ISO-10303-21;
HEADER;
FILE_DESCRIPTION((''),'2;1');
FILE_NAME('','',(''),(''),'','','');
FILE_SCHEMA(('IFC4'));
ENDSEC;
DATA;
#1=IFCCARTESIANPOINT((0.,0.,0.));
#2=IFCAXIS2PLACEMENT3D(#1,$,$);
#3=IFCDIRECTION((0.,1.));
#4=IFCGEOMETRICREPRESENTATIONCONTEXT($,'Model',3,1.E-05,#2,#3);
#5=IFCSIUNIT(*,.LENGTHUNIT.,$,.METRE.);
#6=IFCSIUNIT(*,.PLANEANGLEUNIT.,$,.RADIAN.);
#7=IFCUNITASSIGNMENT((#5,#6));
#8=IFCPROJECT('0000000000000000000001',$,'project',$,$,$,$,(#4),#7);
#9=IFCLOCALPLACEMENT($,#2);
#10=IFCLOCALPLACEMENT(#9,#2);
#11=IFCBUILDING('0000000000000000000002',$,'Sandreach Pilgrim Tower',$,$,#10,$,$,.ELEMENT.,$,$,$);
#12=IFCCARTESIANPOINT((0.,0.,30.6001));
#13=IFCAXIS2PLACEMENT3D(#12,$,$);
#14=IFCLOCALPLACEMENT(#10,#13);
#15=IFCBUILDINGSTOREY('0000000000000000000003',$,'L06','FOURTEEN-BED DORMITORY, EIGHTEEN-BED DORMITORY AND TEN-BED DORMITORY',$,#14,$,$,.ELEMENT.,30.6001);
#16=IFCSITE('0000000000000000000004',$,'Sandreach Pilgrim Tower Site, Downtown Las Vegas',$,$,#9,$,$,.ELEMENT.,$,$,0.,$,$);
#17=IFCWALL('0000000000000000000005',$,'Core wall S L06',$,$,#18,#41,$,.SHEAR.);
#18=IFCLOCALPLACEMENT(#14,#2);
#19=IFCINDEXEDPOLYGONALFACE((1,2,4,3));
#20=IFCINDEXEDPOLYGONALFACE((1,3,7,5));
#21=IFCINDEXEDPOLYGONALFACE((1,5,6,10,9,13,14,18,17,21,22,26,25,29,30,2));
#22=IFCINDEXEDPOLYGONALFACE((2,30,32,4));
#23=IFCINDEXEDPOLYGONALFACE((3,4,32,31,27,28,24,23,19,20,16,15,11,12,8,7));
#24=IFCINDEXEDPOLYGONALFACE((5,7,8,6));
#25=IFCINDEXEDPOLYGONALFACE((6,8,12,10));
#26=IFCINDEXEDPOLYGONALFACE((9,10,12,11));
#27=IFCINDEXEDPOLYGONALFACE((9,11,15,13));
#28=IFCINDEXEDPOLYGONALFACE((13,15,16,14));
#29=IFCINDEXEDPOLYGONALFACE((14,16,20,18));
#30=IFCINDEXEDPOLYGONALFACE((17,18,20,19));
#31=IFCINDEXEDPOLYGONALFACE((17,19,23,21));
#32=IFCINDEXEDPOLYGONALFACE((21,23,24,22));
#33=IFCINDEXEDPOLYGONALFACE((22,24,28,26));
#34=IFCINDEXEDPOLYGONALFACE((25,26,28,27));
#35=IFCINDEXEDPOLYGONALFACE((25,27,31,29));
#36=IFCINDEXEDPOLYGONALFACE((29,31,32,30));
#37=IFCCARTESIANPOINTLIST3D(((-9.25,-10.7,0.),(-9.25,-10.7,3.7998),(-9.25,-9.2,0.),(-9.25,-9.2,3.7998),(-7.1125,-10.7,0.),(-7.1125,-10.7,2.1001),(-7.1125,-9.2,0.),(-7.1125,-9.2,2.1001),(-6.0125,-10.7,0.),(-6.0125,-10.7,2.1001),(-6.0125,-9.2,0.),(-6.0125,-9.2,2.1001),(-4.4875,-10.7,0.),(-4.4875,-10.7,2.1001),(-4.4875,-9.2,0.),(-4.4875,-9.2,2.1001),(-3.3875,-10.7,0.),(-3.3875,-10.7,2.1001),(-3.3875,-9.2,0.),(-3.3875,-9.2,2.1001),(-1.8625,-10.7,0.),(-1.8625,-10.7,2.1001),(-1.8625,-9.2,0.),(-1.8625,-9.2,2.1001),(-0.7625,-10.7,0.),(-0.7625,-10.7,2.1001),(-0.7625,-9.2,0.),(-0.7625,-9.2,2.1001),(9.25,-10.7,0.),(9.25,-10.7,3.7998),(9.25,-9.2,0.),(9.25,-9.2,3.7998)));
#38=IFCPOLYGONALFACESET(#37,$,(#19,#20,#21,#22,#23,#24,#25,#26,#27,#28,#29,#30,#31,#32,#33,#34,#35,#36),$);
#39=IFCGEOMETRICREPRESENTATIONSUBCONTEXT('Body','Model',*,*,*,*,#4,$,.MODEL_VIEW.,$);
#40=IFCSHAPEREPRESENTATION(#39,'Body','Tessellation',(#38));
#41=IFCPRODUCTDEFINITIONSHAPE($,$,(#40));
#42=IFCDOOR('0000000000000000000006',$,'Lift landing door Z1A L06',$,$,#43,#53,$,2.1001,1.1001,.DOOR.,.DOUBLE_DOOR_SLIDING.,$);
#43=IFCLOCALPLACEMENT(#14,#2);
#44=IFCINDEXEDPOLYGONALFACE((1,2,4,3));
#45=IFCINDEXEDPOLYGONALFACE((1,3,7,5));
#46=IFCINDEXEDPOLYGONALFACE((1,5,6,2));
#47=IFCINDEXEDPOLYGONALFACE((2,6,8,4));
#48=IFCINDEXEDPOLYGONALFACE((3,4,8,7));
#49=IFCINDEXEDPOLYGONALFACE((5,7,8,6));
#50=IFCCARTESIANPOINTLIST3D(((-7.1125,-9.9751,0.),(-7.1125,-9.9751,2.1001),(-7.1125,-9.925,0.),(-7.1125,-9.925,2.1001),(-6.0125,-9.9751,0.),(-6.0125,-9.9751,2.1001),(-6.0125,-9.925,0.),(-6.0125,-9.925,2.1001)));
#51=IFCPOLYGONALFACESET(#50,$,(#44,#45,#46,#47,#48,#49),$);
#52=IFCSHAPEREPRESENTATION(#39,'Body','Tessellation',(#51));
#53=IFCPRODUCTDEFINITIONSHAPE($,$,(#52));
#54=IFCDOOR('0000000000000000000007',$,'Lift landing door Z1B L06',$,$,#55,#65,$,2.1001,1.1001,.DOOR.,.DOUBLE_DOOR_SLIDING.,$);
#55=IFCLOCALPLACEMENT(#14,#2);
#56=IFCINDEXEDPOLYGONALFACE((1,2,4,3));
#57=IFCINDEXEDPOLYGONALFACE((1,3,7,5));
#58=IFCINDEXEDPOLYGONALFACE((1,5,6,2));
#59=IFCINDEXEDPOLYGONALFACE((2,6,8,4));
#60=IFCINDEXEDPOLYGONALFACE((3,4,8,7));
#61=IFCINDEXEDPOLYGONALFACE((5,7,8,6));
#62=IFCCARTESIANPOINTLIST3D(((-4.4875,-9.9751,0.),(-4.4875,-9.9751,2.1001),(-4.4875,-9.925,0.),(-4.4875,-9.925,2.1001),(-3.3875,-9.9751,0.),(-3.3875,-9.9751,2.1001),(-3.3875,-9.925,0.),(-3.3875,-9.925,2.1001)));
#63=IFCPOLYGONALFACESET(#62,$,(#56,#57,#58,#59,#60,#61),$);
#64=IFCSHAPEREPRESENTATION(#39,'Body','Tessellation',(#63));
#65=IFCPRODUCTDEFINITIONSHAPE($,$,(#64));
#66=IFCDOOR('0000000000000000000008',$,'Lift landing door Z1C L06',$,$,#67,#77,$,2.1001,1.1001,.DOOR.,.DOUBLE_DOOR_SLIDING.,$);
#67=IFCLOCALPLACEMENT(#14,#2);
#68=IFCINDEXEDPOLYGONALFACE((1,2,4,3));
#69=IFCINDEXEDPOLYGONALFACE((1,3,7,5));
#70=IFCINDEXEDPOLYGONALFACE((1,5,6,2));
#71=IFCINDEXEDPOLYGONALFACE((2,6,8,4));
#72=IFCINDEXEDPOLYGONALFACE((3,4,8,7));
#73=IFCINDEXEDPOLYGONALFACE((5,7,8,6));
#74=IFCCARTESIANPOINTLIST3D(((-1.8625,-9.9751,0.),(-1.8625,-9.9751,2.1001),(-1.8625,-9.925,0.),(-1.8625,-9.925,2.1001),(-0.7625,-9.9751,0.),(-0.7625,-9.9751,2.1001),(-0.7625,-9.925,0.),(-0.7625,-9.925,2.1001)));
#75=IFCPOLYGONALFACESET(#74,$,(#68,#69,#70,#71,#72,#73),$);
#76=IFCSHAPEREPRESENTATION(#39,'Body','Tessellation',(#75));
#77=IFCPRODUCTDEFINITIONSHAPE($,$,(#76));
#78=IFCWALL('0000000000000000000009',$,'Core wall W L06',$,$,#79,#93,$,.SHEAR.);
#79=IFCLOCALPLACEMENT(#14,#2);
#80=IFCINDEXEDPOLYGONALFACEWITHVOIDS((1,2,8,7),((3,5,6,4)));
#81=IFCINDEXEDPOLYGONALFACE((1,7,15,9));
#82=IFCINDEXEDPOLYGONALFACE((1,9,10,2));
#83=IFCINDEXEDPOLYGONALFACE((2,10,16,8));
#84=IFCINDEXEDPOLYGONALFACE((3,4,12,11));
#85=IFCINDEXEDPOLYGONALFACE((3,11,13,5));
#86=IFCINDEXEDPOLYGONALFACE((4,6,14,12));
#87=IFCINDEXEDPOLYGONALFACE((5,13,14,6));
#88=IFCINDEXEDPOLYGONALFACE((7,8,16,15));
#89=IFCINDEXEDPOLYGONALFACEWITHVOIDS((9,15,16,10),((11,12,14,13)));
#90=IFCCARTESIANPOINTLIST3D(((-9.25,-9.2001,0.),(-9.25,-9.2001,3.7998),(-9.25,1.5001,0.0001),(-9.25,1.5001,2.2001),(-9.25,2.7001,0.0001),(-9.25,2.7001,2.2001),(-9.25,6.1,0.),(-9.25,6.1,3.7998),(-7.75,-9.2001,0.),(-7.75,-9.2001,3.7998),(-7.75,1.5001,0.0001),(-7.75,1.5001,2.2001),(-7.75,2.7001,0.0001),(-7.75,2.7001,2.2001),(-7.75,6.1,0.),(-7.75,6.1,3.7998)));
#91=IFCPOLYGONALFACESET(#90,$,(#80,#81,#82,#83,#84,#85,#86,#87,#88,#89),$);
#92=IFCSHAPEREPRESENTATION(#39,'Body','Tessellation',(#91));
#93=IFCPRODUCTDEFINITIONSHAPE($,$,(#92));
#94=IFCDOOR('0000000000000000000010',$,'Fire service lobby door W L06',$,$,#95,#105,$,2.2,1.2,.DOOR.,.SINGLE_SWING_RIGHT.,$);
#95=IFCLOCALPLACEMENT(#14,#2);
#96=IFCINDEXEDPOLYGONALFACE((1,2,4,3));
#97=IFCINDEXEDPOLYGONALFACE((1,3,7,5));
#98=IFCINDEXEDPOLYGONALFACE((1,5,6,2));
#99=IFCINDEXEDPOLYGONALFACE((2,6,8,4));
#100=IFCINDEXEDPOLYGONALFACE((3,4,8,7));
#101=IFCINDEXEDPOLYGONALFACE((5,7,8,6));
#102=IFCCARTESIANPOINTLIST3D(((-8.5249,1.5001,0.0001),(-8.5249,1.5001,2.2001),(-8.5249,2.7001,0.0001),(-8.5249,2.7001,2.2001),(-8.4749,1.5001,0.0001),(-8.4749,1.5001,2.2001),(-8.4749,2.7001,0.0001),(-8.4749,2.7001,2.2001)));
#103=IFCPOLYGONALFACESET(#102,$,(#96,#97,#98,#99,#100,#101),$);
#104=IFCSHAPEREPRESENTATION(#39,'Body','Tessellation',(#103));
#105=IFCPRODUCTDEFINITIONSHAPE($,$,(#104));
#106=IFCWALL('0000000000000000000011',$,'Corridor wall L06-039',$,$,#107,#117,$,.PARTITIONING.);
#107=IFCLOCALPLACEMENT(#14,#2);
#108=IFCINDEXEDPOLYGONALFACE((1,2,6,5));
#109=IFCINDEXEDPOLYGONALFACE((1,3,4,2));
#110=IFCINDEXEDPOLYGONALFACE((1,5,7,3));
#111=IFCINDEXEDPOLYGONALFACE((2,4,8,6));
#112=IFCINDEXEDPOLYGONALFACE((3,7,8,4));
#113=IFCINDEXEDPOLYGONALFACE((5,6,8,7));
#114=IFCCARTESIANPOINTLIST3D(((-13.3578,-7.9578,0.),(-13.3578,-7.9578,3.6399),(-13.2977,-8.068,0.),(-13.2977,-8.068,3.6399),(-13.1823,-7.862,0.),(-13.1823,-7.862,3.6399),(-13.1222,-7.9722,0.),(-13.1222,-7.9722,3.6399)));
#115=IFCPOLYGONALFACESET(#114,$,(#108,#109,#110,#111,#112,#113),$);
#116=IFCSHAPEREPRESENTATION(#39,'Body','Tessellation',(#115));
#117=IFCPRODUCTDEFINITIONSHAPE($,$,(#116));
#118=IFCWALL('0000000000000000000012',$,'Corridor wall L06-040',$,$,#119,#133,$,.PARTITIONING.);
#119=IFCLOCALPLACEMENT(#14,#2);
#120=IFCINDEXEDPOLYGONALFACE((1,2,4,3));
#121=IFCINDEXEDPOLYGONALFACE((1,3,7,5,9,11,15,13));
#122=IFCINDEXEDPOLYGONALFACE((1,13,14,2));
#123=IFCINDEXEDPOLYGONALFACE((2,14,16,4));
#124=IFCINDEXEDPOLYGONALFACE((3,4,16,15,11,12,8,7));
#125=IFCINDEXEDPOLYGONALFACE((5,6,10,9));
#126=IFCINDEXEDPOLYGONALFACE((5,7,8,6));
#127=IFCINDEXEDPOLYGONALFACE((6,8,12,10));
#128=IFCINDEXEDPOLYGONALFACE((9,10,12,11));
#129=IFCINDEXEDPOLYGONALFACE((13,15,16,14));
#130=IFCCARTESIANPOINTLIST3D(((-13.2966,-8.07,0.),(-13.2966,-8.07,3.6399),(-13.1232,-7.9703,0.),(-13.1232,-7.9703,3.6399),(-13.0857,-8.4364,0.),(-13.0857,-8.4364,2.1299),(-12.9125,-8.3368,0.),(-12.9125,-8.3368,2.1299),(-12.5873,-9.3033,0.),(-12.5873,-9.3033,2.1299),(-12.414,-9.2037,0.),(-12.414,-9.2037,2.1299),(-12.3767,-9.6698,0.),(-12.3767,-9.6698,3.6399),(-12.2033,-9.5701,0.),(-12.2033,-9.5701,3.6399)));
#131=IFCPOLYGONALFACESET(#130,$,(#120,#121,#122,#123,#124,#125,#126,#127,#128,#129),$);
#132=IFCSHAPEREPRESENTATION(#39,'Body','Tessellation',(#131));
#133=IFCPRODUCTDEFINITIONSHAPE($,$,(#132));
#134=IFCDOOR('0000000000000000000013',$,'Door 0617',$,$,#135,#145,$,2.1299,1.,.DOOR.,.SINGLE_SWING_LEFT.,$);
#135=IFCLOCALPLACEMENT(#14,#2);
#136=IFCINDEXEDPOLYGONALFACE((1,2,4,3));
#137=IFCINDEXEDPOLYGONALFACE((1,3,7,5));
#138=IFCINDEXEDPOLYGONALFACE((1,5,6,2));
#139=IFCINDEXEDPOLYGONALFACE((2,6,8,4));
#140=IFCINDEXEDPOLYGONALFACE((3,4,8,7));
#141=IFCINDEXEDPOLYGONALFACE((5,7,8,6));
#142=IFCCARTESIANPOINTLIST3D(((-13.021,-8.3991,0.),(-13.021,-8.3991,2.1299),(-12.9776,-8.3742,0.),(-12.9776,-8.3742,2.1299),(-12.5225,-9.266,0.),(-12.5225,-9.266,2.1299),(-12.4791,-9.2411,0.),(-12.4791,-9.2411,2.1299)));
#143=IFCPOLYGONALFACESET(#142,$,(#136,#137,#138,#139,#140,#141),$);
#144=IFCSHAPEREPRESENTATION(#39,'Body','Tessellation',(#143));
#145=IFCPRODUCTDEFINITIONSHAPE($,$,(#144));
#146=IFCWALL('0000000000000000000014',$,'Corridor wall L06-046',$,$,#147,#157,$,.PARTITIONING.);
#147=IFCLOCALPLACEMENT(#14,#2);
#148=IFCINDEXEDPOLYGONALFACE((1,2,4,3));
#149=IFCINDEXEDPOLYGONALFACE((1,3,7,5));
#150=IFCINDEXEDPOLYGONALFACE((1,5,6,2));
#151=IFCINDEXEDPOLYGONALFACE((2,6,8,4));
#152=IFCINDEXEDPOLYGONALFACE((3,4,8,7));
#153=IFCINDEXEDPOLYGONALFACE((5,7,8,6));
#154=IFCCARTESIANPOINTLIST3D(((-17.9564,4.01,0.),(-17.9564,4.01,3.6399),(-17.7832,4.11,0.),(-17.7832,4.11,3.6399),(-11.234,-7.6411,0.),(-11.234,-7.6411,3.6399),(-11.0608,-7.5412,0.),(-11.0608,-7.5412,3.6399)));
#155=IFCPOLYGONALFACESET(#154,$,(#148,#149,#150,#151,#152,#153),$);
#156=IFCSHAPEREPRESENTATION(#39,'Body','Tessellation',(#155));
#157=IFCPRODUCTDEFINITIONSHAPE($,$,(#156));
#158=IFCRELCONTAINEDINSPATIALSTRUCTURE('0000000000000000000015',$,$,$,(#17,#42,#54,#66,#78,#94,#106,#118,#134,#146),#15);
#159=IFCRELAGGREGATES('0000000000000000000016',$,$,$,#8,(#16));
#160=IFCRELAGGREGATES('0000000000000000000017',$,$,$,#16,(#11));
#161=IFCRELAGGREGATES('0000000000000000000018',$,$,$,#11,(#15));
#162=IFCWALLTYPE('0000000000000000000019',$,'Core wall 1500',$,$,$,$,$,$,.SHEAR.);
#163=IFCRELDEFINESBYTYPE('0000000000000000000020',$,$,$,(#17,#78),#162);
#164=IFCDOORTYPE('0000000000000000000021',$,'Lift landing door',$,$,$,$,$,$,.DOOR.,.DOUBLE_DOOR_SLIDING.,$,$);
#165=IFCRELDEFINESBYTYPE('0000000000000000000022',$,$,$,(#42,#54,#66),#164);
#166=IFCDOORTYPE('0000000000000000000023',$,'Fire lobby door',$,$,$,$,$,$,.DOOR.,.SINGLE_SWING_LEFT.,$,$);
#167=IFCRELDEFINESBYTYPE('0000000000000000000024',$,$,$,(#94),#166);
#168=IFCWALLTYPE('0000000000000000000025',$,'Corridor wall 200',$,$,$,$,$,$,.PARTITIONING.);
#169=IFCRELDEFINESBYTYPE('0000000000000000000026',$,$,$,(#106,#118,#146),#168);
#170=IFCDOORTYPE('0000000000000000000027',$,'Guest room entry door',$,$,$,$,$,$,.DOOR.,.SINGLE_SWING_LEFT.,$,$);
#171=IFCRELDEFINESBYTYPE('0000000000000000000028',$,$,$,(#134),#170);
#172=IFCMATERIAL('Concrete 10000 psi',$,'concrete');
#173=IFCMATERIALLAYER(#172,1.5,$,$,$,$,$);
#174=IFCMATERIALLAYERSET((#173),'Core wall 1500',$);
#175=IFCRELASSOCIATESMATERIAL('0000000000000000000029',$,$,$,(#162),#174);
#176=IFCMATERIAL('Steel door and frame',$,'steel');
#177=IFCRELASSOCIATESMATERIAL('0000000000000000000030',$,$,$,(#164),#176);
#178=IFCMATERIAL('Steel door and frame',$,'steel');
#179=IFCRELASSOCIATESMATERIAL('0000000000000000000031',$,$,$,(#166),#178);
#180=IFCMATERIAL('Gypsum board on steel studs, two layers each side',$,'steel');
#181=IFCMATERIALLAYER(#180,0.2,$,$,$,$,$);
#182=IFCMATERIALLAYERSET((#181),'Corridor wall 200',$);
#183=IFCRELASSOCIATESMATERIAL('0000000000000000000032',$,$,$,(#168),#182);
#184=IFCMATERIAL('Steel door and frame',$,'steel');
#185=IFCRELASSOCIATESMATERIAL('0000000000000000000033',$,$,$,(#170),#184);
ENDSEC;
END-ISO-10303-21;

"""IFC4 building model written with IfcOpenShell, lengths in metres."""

from ifc_helpers import new_model, si_unit, direction, frame, frame_2d, origin, place, context, subcontext, project, spatial, rectangle, extrude, material, layer, layer_set, type_object, element, fill, save


model = new_model("IFC4")

# Units and contexts
model_context = context("Model", 3, precision=1e-05, world=origin(), true_north=direction((0.0, 1.0)))
body_context = subcontext(model_context, "Body", "Model", "MODEL_VIEW")
ifc_project = project(units=[si_unit("LENGTHUNIT", "METRE"), si_unit("PLANEANGLEUNIT", "RADIAN")], contexts=[model_context])

# Site, building, storey
site_placement = place(None, origin())
site = spatial("IfcSite", under=ifc_project, at=site_placement, Name="Sandreach Pilgrim Tower Site, Downtown Las Vegas", CompositionType="ELEMENT", RefElevation=0.0)
building_placement = place(site_placement, origin())
building = spatial("IfcBuilding", under=site, at=building_placement, Name="Sandreach Pilgrim Tower", CompositionType="ELEMENT")
storey_placement = place(building_placement, frame((0.0, 0.0, 30.6001)))
storey = spatial("IfcBuildingStorey", under=building, at=storey_placement, Name="L06", Description="FOURTEEN-BED DORMITORY, EIGHTEEN-BED DORMITORY AND TEN-BED DORMITORY", CompositionType="ELEMENT", Elevation=30.6001)

# Wall, openings, doors
ifc_material_1 = material(Name="Concrete 10000 psi", Category="concrete")
ifc_layer_1 = layer(ifc_material_1, 1.5)
ifc_layer_set_1 = layer_set([ifc_layer_1], Name="Core wall 1500")
wall_type_1 = type_object("IfcWallType", Name="Core wall 1500", PredefinedType="SHEAR", material=ifc_layer_set_1)
wall_1_placement = place(storey_placement, frame((-9.25, -9.95, 0.0), z_axis=(0.0, 0.0, 1.0), x_axis=(1.0, 0.0, 0.0)))
wall_1 = element("IfcWall", 1, at=wall_1_placement, inside=storey, type_object=wall_type_1, Name="Core wall S L06", PredefinedType="SHEAR", context=body_context, shape_type="SweptSolid", body=[
    extrude(rectangle(XDim=18.5, YDim=1.5, at=frame_2d((9.25, 0.0))), origin(), (0.0, 0.0, 1.0), 3.7998),
])
opening_1_placement = place(wall_1_placement, frame((2.1375, 0.0, 0.0)))
opening_1 = element("IfcOpeningElement", 2, at=opening_1_placement, cuts=wall_1, PredefinedType="OPENING", context=body_context, shape_type="SweptSolid", body=[
    extrude(rectangle(XDim=1.1001, YDim=2.1001, at=frame_2d((0.55, 1.05))), frame((0.0, 0.75, 0.0), z_axis=(0.0, -1.0, 0.0), x_axis=(1.0, 0.0, 0.0)), (0.0, 0.0, 1.0), 1.5),
])
opening_2_placement = place(wall_1_placement, frame((4.7625, 0.0, 0.0)))
opening_2 = element("IfcOpeningElement", 3, at=opening_2_placement, cuts=wall_1, PredefinedType="OPENING", context=body_context, shape_type="SweptSolid", body=[
    extrude(rectangle(XDim=1.1001, YDim=2.1001, at=frame_2d((0.55, 1.05))), frame((0.0, 0.75, 0.0), z_axis=(0.0, -1.0, 0.0), x_axis=(1.0, 0.0, 0.0)), (0.0, 0.0, 1.0), 1.5),
])
opening_3_placement = place(wall_1_placement, frame((7.3875, 0.0, 0.0)))
opening_3 = element("IfcOpeningElement", 4, at=opening_3_placement, cuts=wall_1, PredefinedType="OPENING", context=body_context, shape_type="SweptSolid", body=[
    extrude(rectangle(XDim=1.1001, YDim=2.1001, at=frame_2d((0.55, 1.05))), frame((0.0, 0.75, 0.0), z_axis=(0.0, -1.0, 0.0), x_axis=(1.0, 0.0, 0.0)), (0.0, 0.0, 1.0), 1.5),
])
ifc_material_2 = material(Name="Steel door and frame", Category="steel")
door_type_1 = type_object("IfcDoorType", Name="Lift landing door", OperationType="DOUBLE_DOOR_SLIDING", PredefinedType="DOOR", material=ifc_material_2)
door_1_placement = place(opening_1_placement, origin())
door_1 = element("IfcDoor", 5, at=door_1_placement, inside=storey, type_object=door_type_1, Name="Lift landing door Z1A L06", OperationType="DOUBLE_DOOR_SLIDING", OverallHeight=2.1001, OverallWidth=1.1001, PredefinedType="DOOR", context=body_context, shape_type="SweptSolid", body=[
    extrude(rectangle(XDim=1.1001, YDim=2.1001, at=frame_2d((0.55, 1.05))), frame((0.0, 0.0249, 0.0), z_axis=(0.0, -1.0, 0.0), x_axis=(1.0, 0.0, 0.0)), (0.0, 0.0, 1.0), 0.05),
])
fill(opening_1, door_1)
door_2_placement = place(opening_2_placement, origin())
door_2 = element("IfcDoor", 6, at=door_2_placement, inside=storey, type_object=door_type_1, Name="Lift landing door Z1B L06", OperationType="DOUBLE_DOOR_SLIDING", OverallHeight=2.1001, OverallWidth=1.1001, PredefinedType="DOOR", context=body_context, shape_type="SweptSolid", body=[
    extrude(rectangle(XDim=1.1001, YDim=2.1001, at=frame_2d((0.55, 1.05))), frame((0.0, 0.0249, 0.0), z_axis=(0.0, -1.0, 0.0), x_axis=(1.0, 0.0, 0.0)), (0.0, 0.0, 1.0), 0.05),
])
fill(opening_2, door_2)
door_3_placement = place(opening_3_placement, origin())
door_3 = element("IfcDoor", 7, at=door_3_placement, inside=storey, type_object=door_type_1, Name="Lift landing door Z1C L06", OperationType="DOUBLE_DOOR_SLIDING", OverallHeight=2.1001, OverallWidth=1.1001, PredefinedType="DOOR", context=body_context, shape_type="SweptSolid", body=[
    extrude(rectangle(XDim=1.1001, YDim=2.1001, at=frame_2d((0.55, 1.05))), frame((0.0, 0.0249, 0.0), z_axis=(0.0, -1.0, 0.0), x_axis=(1.0, 0.0, 0.0)), (0.0, 0.0, 1.0), 0.05),
])
fill(opening_3, door_3)

# Wall, opening, door
wall_2_placement = place(storey_placement, frame((-8.5, -9.2, 0.0), z_axis=(0.0, 0.0, 1.0), x_axis=(0.0, 1.0, 0.0)))
wall_2 = element("IfcWall", 8, at=wall_2_placement, inside=storey, type_object=wall_type_1, Name="Core wall W L06", PredefinedType="SHEAR", context=body_context, shape_type="SweptSolid", body=[
    extrude(rectangle(XDim=15.3, YDim=1.5, at=frame_2d((7.6499, 0.0))), origin(), (0.0, 0.0, 1.0), 3.7998),
])
opening_4_placement = place(wall_2_placement, frame((10.7, 0.0, 0.0)))
opening_4 = element("IfcOpeningElement", 9, at=opening_4_placement, cuts=wall_2, PredefinedType="OPENING", context=body_context, shape_type="SweptSolid", body=[
    extrude(rectangle(XDim=1.2, YDim=2.2, at=frame_2d((0.6001, 1.1001))), frame((0.0, 0.75, 0.0), z_axis=(0.0, -1.0, 0.0), x_axis=(1.0, 0.0, 0.0)), (0.0, 0.0, 1.0), 1.5),
])
ifc_material_3 = material(Name="Steel door and frame", Category="steel")
door_type_2 = type_object("IfcDoorType", Name="Fire lobby door", OperationType="SINGLE_SWING_LEFT", PredefinedType="DOOR", material=ifc_material_3)
door_4_placement = place(opening_4_placement, origin())
door_4 = element("IfcDoor", 10, at=door_4_placement, inside=storey, type_object=door_type_2, Name="Fire service lobby door W L06", OperationType="SINGLE_SWING_RIGHT", OverallHeight=2.2, OverallWidth=1.2, PredefinedType="DOOR", context=body_context, shape_type="SweptSolid", body=[
    extrude(rectangle(XDim=1.2, YDim=2.2, at=frame_2d((0.6001, 1.1001))), frame((0.0, 0.0249, 0.0), z_axis=(0.0, -1.0, 0.0), x_axis=(1.0, 0.0, 0.0)), (0.0, 0.0, 1.0), 0.05),
])
fill(opening_4, door_4)

# Wall
ifc_material_4 = material(Name="Gypsum board on steel studs, two layers each side", Category="steel")
ifc_layer_2 = layer(ifc_material_4, 0.2)
ifc_layer_set_2 = layer_set([ifc_layer_2], Name="Corridor wall 200")
wall_type_2 = type_object("IfcWallType", Name="Corridor wall 200", PredefinedType="PARTITIONING", material=ifc_layer_set_2)
wall_3_placement = place(storey_placement, frame((-13.27, -7.9099, 0.0), z_axis=(0.0, 0.0, 1.0), x_axis=(0.478852, -0.877896, 0.0)))
element("IfcWall", 11, at=wall_3_placement, inside=storey, type_object=wall_type_2, Name="Corridor wall L06-039", PredefinedType="PARTITIONING", context=body_context, shape_type="SweptSolid", body=[
    extrude(rectangle(XDim=0.1255, YDim=0.2, at=frame_2d((0.0627, 0.0))), origin(), (0.0, 0.0, 1.0), 3.6399),
])

# Wall, opening, door
wall_4_placement = place(storey_placement, frame((-13.21, -8.02, 0.0), z_axis=(0.0, 0.0, 1.0), x_axis=(0.498474, -0.866905, 0.0)))
wall_4 = element("IfcWall", 12, at=wall_4_placement, inside=storey, type_object=wall_type_2, Name="Corridor wall L06-040", PredefinedType="PARTITIONING", context=body_context, shape_type="SweptSolid", body=[
    extrude(rectangle(XDim=1.8455, YDim=0.2, at=frame_2d((0.9229, 0.0))), origin(), (0.0, 0.0, 1.0), 3.6399),
])
opening_5_placement = place(wall_4_placement, frame((0.4229, 0.0, 0.0)))
opening_5 = element("IfcOpeningElement", 13, at=opening_5_placement, cuts=wall_4, PredefinedType="OPENING", context=body_context, shape_type="SweptSolid", body=[
    extrude(rectangle(XDim=1.0, YDim=2.1299, at=frame_2d((0.5, 1.0649))), frame((0.0, 0.1001, 0.0), z_axis=(0.0, -1.0, 0.0), x_axis=(1.0, 0.0, 0.0)), (0.0, 0.0, 1.0), 0.2),
])
ifc_material_5 = material(Name="Steel door and frame", Category="steel")
door_type_3 = type_object("IfcDoorType", Name="Guest room entry door", OperationType="SINGLE_SWING_LEFT", PredefinedType="DOOR", material=ifc_material_5)
door_5_placement = place(opening_5_placement, origin())
door_5 = element("IfcDoor", 14, at=door_5_placement, inside=storey, type_object=door_type_3, Name="Door 0617", OperationType="SINGLE_SWING_LEFT", OverallHeight=2.1299, OverallWidth=1.0, PredefinedType="DOOR", context=body_context, shape_type="SweptSolid", body=[
    extrude(rectangle(XDim=1.0, YDim=2.1299, at=frame_2d((0.5, 1.0649))), frame((0.0, 0.0249, 0.0), z_axis=(0.0, -1.0, 0.0), x_axis=(1.0, 0.0, 0.0)), (0.0, 0.0, 1.0), 0.05),
])
fill(opening_5, door_5)

# Wall
wall_5_placement = place(storey_placement, frame((-11.1475, -7.5911, 0.0), z_axis=(0.0, 0.0, 1.0), x_axis=(-0.499756, 0.866166, 0.0)))
element("IfcWall", 15, at=wall_5_placement, inside=storey, type_object=wall_type_2, Name="Corridor wall L06-046", PredefinedType="PARTITIONING", context=body_context, shape_type="SweptSolid", body=[
    extrude(rectangle(XDim=13.4514, YDim=0.2, at=frame_2d((6.7256, 0.0))), origin(), (0.0, 0.0, 1.0), 3.6399),
])

save(model, "model.ifc")
